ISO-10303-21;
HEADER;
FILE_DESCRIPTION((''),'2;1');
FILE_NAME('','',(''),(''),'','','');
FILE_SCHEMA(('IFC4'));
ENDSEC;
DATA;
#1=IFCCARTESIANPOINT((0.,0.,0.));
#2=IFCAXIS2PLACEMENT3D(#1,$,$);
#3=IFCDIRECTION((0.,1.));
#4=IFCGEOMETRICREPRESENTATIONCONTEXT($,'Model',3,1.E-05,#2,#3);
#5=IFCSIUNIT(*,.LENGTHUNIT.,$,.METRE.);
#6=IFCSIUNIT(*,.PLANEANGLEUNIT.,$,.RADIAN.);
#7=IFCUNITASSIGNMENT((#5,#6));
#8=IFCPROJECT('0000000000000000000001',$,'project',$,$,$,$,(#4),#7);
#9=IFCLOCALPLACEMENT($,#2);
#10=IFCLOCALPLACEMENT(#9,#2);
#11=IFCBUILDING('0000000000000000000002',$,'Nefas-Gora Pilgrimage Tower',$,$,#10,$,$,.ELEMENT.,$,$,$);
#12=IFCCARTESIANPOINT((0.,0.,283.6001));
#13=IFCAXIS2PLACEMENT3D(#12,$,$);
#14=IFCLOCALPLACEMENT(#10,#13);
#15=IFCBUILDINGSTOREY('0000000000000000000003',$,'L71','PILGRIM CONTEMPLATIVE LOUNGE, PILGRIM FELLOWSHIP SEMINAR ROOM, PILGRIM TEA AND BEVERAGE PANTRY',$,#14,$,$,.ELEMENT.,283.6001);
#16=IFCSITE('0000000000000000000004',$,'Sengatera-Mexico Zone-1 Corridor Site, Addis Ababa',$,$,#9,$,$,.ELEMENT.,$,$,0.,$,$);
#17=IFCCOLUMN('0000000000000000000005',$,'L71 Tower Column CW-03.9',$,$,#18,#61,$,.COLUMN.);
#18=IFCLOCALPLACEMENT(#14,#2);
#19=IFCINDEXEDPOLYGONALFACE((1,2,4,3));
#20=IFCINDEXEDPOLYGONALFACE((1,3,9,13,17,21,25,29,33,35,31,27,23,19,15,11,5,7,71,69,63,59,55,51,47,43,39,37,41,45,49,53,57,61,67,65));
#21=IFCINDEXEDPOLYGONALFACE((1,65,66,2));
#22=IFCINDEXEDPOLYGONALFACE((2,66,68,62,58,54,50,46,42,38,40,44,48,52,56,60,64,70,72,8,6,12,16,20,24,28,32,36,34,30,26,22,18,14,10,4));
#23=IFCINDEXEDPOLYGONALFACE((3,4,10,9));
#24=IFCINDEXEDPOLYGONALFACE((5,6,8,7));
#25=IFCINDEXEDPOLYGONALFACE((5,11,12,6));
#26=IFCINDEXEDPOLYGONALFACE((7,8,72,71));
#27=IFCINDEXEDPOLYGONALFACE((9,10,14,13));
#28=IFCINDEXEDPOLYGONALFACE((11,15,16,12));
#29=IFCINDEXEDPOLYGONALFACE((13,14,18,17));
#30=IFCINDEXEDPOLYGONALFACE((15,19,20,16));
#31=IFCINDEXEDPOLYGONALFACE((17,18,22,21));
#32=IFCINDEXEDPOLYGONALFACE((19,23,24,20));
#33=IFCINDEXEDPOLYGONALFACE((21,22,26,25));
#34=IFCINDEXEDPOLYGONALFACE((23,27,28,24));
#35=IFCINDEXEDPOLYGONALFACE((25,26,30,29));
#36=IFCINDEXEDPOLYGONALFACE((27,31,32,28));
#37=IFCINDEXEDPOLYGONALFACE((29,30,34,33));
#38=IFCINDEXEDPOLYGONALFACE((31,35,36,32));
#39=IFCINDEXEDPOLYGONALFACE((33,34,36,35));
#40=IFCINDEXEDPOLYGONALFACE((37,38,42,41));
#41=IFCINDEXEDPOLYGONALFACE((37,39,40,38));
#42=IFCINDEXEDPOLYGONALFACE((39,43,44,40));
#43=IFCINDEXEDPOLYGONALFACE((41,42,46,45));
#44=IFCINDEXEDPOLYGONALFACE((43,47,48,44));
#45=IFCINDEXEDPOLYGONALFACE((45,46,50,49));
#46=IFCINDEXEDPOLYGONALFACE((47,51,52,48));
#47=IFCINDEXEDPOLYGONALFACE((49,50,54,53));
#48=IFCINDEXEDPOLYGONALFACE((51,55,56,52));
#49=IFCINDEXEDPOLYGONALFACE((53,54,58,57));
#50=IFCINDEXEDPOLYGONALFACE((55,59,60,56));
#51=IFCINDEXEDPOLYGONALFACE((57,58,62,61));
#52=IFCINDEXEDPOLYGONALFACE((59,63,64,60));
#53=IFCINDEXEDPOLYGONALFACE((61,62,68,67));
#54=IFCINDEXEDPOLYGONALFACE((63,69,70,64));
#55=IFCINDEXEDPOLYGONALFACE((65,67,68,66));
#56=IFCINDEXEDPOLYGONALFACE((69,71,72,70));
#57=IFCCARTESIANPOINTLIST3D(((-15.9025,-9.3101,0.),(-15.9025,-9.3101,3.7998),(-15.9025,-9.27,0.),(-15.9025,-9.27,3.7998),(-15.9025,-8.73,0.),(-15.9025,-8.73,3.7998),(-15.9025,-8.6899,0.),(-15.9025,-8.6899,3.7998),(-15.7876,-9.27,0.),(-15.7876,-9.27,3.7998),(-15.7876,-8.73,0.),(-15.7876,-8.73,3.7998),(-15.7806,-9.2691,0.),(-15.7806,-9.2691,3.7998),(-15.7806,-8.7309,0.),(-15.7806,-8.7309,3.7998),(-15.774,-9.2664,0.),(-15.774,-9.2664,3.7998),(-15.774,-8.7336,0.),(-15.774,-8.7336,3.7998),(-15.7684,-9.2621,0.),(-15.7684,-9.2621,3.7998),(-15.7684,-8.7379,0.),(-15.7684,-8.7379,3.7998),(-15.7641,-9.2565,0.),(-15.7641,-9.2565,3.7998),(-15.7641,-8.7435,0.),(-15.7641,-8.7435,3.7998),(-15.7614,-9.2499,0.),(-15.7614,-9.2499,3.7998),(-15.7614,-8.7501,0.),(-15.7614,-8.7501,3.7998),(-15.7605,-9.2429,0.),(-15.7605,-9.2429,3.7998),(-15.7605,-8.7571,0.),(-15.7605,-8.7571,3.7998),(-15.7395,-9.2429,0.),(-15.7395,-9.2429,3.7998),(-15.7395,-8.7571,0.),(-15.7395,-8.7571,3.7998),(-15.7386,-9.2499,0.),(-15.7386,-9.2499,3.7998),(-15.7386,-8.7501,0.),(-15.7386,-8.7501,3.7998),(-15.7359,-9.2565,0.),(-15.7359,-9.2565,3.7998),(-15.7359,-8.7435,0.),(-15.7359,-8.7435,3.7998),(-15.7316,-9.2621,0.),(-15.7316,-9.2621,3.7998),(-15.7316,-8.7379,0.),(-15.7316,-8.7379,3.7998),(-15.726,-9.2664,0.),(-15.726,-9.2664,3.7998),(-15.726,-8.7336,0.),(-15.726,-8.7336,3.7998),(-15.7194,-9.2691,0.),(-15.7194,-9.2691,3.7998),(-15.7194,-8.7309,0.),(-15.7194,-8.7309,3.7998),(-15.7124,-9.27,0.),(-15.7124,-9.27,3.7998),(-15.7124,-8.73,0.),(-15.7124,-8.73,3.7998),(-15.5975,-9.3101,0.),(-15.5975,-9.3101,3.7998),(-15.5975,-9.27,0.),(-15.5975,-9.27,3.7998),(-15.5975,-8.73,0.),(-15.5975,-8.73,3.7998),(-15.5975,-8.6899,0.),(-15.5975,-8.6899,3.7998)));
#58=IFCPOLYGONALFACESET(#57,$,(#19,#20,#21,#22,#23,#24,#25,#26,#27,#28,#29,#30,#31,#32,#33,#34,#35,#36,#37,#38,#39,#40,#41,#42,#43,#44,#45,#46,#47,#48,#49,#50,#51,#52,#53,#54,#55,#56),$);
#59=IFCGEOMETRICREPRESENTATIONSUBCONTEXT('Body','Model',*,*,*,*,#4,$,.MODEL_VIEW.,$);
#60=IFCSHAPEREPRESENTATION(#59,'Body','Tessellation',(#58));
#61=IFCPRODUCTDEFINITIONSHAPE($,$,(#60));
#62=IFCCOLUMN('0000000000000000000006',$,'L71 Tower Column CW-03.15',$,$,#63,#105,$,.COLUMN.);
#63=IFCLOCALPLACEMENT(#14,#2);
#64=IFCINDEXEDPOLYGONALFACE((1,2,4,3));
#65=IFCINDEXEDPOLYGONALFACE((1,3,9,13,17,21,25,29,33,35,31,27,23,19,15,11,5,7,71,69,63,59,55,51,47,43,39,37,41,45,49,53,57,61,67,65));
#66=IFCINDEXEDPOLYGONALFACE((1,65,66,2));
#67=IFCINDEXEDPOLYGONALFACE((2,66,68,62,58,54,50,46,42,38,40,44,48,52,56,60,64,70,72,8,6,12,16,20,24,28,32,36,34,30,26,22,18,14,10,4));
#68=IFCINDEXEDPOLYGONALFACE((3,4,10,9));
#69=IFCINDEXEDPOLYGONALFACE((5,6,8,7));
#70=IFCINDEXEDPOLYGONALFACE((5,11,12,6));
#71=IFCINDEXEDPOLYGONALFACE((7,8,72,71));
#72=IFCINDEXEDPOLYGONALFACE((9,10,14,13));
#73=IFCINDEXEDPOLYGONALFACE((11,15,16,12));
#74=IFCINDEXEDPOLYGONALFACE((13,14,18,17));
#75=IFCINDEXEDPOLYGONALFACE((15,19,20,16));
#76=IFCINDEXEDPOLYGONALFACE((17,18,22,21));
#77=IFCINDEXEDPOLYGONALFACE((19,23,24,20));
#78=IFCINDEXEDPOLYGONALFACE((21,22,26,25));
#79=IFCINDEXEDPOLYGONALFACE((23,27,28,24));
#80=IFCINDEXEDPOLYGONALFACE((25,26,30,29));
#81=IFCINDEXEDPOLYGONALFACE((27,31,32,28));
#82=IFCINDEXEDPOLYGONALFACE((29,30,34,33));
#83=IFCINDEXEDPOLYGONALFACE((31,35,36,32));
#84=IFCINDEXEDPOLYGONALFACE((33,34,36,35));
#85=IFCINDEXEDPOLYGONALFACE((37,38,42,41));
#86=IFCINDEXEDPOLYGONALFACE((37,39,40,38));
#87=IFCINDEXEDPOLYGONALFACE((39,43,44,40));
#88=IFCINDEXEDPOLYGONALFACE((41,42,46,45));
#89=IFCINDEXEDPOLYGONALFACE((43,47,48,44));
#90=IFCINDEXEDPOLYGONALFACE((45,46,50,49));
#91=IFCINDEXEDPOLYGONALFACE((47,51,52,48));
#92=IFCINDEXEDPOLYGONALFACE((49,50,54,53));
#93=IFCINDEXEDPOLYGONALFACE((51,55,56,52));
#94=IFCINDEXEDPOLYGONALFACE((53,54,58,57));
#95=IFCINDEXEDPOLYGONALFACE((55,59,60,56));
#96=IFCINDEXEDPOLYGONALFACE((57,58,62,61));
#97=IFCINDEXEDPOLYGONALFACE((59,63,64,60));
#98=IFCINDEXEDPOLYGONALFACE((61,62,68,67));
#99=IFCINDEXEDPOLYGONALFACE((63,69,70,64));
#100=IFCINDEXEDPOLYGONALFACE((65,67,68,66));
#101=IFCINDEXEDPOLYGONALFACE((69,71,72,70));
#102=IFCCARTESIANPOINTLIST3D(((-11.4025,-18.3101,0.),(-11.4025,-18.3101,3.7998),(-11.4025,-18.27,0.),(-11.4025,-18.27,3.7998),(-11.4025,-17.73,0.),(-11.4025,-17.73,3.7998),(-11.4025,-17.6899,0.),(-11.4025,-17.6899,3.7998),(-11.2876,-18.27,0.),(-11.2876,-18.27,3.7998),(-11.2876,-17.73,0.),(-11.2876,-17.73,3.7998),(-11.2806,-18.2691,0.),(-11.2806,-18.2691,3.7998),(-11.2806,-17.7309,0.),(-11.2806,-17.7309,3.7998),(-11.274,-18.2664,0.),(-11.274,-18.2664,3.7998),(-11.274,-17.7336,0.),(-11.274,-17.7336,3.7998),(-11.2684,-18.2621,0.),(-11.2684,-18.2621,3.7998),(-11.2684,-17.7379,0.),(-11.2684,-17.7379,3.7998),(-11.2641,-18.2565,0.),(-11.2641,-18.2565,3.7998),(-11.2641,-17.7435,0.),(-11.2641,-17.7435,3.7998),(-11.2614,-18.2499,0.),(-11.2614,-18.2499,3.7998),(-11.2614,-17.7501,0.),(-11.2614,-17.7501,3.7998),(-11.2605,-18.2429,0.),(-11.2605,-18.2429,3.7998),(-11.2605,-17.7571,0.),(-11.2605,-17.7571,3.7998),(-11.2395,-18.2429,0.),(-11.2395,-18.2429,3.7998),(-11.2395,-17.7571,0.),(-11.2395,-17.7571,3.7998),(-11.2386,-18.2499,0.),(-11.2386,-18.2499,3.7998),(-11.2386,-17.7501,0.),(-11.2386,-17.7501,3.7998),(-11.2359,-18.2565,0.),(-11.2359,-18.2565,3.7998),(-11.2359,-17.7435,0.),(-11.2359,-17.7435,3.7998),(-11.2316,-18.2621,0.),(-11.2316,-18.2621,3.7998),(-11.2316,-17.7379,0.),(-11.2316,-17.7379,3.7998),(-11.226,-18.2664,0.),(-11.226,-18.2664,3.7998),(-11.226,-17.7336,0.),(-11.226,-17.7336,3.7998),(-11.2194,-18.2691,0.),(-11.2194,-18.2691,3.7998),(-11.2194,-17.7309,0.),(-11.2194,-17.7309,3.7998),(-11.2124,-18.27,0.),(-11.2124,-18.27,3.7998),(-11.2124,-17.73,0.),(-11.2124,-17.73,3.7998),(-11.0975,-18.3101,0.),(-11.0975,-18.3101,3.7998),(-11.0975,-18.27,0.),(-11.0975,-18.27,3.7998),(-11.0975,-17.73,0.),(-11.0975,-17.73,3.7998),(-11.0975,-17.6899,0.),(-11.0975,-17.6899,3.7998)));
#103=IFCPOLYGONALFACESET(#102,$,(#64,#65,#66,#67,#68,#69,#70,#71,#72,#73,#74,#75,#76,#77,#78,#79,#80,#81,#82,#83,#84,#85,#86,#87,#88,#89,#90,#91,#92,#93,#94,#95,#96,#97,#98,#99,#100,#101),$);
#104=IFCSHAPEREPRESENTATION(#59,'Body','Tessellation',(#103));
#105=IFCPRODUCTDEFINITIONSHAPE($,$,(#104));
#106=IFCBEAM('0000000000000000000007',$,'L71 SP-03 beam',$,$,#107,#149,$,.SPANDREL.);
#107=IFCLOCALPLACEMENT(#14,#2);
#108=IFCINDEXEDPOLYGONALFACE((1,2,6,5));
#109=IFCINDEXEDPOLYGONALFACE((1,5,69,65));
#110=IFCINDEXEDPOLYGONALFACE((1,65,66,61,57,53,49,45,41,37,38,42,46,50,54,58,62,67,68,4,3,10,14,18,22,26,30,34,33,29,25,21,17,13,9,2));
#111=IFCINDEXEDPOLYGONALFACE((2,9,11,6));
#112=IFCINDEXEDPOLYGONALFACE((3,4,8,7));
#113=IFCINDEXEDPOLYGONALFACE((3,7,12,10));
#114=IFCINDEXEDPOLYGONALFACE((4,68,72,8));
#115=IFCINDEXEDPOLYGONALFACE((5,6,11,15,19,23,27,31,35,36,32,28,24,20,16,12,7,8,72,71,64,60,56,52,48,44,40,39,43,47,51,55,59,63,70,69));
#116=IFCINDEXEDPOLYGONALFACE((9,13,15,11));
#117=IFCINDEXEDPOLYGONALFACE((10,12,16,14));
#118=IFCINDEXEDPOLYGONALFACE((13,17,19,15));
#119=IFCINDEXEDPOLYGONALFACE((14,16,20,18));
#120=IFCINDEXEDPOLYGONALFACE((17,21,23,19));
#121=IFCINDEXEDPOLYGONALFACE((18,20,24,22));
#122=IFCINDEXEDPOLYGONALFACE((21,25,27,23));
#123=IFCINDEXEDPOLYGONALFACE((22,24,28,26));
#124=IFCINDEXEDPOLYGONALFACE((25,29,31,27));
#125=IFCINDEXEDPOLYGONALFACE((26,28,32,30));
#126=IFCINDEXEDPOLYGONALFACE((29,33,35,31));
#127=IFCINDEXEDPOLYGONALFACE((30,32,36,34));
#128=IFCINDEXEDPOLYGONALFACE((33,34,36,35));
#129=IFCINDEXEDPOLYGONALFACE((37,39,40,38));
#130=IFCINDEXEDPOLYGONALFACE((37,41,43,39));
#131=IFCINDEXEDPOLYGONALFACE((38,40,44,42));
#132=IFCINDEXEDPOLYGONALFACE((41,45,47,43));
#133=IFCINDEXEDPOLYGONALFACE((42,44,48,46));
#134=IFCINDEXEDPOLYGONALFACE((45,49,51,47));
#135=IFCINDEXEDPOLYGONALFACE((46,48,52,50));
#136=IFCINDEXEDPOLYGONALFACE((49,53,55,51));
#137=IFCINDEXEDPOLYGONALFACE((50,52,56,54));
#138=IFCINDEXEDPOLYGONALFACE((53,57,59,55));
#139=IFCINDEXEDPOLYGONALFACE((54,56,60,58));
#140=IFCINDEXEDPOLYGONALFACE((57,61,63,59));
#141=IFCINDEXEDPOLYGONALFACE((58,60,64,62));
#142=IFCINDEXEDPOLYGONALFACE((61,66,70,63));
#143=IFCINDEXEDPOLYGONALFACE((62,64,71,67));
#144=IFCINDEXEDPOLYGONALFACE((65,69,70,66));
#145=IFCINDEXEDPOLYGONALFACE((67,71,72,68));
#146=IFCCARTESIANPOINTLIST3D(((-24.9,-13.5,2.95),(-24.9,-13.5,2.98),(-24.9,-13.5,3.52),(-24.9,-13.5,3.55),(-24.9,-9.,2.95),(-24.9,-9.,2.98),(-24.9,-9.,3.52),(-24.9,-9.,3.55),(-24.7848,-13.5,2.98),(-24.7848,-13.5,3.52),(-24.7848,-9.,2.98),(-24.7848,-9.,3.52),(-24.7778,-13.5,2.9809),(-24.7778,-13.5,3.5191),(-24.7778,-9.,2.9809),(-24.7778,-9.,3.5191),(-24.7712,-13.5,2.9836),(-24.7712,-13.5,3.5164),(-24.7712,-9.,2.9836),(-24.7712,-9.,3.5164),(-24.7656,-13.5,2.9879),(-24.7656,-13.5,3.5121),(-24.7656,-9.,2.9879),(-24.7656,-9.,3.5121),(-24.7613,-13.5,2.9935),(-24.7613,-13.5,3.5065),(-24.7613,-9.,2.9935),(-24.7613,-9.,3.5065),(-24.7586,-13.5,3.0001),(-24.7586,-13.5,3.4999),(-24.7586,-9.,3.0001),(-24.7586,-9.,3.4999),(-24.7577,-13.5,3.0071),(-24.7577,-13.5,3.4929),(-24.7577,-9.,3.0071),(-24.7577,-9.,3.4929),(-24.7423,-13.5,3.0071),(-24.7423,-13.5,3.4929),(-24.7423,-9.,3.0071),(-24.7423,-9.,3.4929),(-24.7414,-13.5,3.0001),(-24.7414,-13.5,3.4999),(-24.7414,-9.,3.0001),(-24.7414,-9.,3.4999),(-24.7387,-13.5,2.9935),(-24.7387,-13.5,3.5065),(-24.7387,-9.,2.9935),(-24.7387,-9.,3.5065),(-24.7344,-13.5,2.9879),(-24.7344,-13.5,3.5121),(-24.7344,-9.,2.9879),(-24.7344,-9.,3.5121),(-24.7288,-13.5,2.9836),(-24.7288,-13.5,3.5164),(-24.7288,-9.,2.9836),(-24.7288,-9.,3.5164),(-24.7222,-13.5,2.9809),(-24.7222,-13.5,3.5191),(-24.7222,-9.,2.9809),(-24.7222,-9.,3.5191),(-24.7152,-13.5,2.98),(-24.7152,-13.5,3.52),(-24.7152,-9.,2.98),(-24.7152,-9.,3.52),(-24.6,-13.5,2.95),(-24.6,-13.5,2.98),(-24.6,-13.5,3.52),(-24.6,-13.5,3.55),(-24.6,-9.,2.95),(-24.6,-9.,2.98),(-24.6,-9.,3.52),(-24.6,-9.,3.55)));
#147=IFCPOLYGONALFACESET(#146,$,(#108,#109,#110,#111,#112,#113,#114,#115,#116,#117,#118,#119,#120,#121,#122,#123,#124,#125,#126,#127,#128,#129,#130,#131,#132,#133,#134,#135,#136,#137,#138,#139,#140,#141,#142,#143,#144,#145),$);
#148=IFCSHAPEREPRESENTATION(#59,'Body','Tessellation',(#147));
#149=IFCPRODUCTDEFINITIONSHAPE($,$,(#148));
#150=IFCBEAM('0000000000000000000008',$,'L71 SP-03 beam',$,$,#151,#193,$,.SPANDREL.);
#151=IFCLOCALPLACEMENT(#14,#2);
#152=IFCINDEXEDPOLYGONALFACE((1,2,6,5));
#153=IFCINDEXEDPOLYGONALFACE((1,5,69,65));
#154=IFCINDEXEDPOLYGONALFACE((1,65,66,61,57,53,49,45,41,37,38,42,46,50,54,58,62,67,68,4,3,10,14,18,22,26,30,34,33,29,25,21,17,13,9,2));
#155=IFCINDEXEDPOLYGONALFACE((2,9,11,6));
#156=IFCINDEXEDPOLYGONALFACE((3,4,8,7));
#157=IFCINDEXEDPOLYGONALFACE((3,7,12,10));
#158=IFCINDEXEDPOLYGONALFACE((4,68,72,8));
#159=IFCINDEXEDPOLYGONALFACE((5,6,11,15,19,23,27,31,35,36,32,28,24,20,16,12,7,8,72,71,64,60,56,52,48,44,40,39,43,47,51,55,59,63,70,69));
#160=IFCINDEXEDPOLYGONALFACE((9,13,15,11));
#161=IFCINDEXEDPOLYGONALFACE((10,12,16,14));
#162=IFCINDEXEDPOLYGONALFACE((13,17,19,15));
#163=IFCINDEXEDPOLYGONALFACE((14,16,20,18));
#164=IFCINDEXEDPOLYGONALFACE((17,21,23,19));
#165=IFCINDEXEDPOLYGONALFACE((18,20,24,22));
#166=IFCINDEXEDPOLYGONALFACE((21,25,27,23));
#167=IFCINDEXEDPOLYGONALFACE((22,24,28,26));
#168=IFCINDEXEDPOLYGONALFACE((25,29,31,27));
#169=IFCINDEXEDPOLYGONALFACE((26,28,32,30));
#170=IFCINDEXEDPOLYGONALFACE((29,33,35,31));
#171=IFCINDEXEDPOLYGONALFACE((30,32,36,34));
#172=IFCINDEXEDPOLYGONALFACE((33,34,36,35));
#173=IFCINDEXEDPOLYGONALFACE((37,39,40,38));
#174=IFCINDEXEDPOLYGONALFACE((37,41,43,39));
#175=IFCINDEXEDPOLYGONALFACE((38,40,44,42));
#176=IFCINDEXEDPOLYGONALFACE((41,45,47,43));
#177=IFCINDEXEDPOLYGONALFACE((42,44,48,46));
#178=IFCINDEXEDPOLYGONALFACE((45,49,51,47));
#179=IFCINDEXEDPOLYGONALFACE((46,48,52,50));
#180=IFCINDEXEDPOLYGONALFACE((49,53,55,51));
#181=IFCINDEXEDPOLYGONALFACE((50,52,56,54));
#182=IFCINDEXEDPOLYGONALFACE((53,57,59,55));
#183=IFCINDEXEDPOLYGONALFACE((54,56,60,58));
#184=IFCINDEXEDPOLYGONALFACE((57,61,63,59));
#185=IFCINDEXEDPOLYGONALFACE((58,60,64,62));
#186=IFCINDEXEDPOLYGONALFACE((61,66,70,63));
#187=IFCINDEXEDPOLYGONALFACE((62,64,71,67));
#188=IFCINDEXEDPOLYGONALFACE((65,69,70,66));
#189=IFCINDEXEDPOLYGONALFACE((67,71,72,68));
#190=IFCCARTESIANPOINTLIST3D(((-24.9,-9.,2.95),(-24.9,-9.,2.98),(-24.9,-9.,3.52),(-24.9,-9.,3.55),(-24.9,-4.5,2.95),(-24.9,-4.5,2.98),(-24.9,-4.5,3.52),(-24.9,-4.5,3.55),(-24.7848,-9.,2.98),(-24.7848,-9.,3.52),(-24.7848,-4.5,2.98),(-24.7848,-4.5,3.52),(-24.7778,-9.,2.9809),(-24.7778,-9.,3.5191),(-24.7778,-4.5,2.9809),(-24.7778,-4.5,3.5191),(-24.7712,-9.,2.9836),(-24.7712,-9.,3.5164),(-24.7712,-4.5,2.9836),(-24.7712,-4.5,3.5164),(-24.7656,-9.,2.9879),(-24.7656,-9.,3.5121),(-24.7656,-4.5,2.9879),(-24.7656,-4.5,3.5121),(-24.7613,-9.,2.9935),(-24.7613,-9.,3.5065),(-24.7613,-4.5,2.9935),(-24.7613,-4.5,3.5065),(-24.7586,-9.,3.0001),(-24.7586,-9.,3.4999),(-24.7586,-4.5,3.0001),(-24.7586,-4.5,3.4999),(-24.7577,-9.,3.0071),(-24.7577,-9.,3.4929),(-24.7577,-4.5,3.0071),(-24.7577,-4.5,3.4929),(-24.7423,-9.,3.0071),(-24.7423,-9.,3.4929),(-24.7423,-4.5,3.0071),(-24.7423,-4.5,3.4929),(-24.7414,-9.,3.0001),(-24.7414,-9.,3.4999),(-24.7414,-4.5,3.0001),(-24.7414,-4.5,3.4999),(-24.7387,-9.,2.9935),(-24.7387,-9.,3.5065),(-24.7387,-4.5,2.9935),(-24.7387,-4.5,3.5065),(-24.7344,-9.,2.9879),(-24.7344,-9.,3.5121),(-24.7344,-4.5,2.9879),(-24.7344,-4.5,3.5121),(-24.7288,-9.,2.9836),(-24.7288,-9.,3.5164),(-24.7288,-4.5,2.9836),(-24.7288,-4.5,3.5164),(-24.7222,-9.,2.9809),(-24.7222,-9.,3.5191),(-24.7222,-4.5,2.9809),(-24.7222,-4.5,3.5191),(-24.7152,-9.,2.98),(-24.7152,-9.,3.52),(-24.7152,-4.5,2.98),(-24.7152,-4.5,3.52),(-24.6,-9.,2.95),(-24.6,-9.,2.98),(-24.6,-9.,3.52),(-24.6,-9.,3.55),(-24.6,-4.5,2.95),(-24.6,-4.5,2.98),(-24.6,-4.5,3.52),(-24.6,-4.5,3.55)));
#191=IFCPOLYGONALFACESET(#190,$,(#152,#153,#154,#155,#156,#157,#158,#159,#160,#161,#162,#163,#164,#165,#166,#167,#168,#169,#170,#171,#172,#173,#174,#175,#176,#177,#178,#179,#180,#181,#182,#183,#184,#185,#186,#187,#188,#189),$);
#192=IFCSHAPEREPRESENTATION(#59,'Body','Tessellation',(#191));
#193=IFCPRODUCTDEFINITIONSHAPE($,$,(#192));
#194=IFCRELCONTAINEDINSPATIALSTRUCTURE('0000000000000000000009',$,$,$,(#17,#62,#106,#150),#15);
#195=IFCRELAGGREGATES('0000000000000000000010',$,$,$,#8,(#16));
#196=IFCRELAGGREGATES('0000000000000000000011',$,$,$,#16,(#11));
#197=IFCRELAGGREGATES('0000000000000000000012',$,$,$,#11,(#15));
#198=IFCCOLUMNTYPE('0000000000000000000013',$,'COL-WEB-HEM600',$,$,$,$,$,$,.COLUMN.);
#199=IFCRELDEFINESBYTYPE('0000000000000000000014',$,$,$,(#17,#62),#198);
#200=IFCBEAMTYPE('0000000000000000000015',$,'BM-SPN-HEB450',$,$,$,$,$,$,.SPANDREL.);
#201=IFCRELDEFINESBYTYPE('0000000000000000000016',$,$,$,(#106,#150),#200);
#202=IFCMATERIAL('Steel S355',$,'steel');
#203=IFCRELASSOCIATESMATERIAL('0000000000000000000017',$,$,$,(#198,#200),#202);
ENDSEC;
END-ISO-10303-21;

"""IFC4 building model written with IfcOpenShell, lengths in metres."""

from ifc_helpers import new_model, si_unit, direction, frame, origin, origin_2d, place, context, subcontext, project, spatial, i_section, extrude, source, transform, mapped, material, material_profile, profile_set, type_object, element, save


model = new_model("IFC4")

# Units and contexts
model_context = context("Model", 3, precision=1e-05, world=origin(), true_north=direction((0.0, 1.0)))
body_context = subcontext(model_context, "Body", "Model", "MODEL_VIEW")
ifc_project = project(units=[si_unit("LENGTHUNIT", "METRE"), si_unit("PLANEANGLEUNIT", "RADIAN")], contexts=[model_context])

# Site, building, storey
site_placement = place(None, origin())
site = spatial("IfcSite", under=ifc_project, at=site_placement, Name="Sengatera-Mexico Zone-1 Corridor Site, Addis Ababa", CompositionType="ELEMENT", RefElevation=0.0)
building_placement = place(site_placement, origin())
building = spatial("IfcBuilding", under=site, at=building_placement, Name="Nefas-Gora Pilgrimage Tower", CompositionType="ELEMENT")
storey_placement = place(building_placement, frame((0.0, 0.0, 283.6001)))
storey = spatial("IfcBuildingStorey", under=building, at=storey_placement, Name="L71", Description="PILGRIM CONTEMPLATIVE LOUNGE, PILGRIM FELLOWSHIP SEMINAR ROOM, PILGRIM TEA AND BEVERAGE PANTRY", CompositionType="ELEMENT", Elevation=283.6001)

# Columns
ifc_material_1 = material(Name="Steel S355", Category="steel")
ifc_material_profile_1 = material_profile(ifc_material_1, i_section(OverallWidth=0.3049, OverallDepth=0.6201, WebThickness=0.021, FlangeThickness=0.04, FilletRadius=0.0271, at=origin_2d()), Name="HEM 600")
ifc_profile_set_1 = profile_set([ifc_material_profile_1], Name="Steel S355")
column_type_1 = type_object("IfcColumnType", Name="COL-WEB-HEM600", PredefinedType="COLUMN", material=ifc_profile_set_1)
shared_shape_1 = source(origin(), body_context, "Body", "SweptSolid", [
    extrude(i_section(OverallWidth=0.3049, OverallDepth=0.6201, WebThickness=0.021, FlangeThickness=0.04, FilletRadius=0.0271, at=origin_2d()), origin(), (0.0, 0.0, 1.0), 3.7998),
])
for number, where, z_axis, x_axis, name in (
    (1, (-15.75, -9.0, 0.0), (0.0, 0.0, 1.0), (1.0, 0.0, 0.0), "L71 Tower Column CW-03.9"),
    (2, (-11.25, -18.0, 0.0), (0.0, 0.0, 1.0), (1.0, 0.0, 0.0), "L71 Tower Column CW-03.15"),
):
    element("IfcColumn", number, at=place(storey_placement, frame(where, z_axis=z_axis, x_axis=x_axis)), inside=storey, type_object=column_type_1, Name=name, PredefinedType="COLUMN", context=body_context, shape_type="MappedRepresentation", body=[
        mapped(shared_shape_1, transform((0.0, 0.0, 0.0), x_axis=(1.0, 0.0, 0.0), y_axis=(0.0, 1.0, 0.0), z_axis=(0.0, 0.0, 1.0), scale=1.0)),
    ])

# Beams
ifc_material_profile_2 = material_profile(ifc_material_1, i_section(OverallWidth=0.3, OverallDepth=0.6001, WebThickness=0.0154, FlangeThickness=0.03, FilletRadius=0.0271, at=origin_2d()), Name="HEB 600")
ifc_profile_set_2 = profile_set([ifc_material_profile_2], Name="Steel S355")
beam_type_1 = type_object("IfcBeamType", Name="BM-SPN-HEB450", PredefinedType="SPANDREL", material=ifc_profile_set_2)
shared_shape_2 = source(origin(), body_context, "Body", "SweptSolid", [
    extrude(i_section(OverallWidth=0.3, OverallDepth=0.6001, WebThickness=0.0154, FlangeThickness=0.03, FilletRadius=0.0271, at=origin_2d()), origin(), (0.0, 0.0, 1.0), 4.5),
])
for number, where, z_axis, x_axis, name in (
    (3, (-24.75, -13.5, 3.25), (0.0, 1.0, 0.0), (-1.0, 0.0, 0.0), "L71 SP-03 beam"),
    (4, (-24.75, -9.0, 3.25), (0.0, 1.0, 0.0), (-1.0, 0.0, 0.0), "L71 SP-03 beam"),
):
    element("IfcBeam", number, at=place(storey_placement, frame(where, z_axis=z_axis, x_axis=x_axis)), inside=storey, type_object=beam_type_1, Name=name, PredefinedType="SPANDREL", context=body_context, shape_type="MappedRepresentation", body=[
        mapped(shared_shape_2, transform((0.0, 0.0, 0.0), x_axis=(1.0, 0.0, 0.0), y_axis=(0.0, 1.0, 0.0), z_axis=(0.0, 0.0, 1.0), scale=1.0)),
    ])

save(model, "model.ifc")
